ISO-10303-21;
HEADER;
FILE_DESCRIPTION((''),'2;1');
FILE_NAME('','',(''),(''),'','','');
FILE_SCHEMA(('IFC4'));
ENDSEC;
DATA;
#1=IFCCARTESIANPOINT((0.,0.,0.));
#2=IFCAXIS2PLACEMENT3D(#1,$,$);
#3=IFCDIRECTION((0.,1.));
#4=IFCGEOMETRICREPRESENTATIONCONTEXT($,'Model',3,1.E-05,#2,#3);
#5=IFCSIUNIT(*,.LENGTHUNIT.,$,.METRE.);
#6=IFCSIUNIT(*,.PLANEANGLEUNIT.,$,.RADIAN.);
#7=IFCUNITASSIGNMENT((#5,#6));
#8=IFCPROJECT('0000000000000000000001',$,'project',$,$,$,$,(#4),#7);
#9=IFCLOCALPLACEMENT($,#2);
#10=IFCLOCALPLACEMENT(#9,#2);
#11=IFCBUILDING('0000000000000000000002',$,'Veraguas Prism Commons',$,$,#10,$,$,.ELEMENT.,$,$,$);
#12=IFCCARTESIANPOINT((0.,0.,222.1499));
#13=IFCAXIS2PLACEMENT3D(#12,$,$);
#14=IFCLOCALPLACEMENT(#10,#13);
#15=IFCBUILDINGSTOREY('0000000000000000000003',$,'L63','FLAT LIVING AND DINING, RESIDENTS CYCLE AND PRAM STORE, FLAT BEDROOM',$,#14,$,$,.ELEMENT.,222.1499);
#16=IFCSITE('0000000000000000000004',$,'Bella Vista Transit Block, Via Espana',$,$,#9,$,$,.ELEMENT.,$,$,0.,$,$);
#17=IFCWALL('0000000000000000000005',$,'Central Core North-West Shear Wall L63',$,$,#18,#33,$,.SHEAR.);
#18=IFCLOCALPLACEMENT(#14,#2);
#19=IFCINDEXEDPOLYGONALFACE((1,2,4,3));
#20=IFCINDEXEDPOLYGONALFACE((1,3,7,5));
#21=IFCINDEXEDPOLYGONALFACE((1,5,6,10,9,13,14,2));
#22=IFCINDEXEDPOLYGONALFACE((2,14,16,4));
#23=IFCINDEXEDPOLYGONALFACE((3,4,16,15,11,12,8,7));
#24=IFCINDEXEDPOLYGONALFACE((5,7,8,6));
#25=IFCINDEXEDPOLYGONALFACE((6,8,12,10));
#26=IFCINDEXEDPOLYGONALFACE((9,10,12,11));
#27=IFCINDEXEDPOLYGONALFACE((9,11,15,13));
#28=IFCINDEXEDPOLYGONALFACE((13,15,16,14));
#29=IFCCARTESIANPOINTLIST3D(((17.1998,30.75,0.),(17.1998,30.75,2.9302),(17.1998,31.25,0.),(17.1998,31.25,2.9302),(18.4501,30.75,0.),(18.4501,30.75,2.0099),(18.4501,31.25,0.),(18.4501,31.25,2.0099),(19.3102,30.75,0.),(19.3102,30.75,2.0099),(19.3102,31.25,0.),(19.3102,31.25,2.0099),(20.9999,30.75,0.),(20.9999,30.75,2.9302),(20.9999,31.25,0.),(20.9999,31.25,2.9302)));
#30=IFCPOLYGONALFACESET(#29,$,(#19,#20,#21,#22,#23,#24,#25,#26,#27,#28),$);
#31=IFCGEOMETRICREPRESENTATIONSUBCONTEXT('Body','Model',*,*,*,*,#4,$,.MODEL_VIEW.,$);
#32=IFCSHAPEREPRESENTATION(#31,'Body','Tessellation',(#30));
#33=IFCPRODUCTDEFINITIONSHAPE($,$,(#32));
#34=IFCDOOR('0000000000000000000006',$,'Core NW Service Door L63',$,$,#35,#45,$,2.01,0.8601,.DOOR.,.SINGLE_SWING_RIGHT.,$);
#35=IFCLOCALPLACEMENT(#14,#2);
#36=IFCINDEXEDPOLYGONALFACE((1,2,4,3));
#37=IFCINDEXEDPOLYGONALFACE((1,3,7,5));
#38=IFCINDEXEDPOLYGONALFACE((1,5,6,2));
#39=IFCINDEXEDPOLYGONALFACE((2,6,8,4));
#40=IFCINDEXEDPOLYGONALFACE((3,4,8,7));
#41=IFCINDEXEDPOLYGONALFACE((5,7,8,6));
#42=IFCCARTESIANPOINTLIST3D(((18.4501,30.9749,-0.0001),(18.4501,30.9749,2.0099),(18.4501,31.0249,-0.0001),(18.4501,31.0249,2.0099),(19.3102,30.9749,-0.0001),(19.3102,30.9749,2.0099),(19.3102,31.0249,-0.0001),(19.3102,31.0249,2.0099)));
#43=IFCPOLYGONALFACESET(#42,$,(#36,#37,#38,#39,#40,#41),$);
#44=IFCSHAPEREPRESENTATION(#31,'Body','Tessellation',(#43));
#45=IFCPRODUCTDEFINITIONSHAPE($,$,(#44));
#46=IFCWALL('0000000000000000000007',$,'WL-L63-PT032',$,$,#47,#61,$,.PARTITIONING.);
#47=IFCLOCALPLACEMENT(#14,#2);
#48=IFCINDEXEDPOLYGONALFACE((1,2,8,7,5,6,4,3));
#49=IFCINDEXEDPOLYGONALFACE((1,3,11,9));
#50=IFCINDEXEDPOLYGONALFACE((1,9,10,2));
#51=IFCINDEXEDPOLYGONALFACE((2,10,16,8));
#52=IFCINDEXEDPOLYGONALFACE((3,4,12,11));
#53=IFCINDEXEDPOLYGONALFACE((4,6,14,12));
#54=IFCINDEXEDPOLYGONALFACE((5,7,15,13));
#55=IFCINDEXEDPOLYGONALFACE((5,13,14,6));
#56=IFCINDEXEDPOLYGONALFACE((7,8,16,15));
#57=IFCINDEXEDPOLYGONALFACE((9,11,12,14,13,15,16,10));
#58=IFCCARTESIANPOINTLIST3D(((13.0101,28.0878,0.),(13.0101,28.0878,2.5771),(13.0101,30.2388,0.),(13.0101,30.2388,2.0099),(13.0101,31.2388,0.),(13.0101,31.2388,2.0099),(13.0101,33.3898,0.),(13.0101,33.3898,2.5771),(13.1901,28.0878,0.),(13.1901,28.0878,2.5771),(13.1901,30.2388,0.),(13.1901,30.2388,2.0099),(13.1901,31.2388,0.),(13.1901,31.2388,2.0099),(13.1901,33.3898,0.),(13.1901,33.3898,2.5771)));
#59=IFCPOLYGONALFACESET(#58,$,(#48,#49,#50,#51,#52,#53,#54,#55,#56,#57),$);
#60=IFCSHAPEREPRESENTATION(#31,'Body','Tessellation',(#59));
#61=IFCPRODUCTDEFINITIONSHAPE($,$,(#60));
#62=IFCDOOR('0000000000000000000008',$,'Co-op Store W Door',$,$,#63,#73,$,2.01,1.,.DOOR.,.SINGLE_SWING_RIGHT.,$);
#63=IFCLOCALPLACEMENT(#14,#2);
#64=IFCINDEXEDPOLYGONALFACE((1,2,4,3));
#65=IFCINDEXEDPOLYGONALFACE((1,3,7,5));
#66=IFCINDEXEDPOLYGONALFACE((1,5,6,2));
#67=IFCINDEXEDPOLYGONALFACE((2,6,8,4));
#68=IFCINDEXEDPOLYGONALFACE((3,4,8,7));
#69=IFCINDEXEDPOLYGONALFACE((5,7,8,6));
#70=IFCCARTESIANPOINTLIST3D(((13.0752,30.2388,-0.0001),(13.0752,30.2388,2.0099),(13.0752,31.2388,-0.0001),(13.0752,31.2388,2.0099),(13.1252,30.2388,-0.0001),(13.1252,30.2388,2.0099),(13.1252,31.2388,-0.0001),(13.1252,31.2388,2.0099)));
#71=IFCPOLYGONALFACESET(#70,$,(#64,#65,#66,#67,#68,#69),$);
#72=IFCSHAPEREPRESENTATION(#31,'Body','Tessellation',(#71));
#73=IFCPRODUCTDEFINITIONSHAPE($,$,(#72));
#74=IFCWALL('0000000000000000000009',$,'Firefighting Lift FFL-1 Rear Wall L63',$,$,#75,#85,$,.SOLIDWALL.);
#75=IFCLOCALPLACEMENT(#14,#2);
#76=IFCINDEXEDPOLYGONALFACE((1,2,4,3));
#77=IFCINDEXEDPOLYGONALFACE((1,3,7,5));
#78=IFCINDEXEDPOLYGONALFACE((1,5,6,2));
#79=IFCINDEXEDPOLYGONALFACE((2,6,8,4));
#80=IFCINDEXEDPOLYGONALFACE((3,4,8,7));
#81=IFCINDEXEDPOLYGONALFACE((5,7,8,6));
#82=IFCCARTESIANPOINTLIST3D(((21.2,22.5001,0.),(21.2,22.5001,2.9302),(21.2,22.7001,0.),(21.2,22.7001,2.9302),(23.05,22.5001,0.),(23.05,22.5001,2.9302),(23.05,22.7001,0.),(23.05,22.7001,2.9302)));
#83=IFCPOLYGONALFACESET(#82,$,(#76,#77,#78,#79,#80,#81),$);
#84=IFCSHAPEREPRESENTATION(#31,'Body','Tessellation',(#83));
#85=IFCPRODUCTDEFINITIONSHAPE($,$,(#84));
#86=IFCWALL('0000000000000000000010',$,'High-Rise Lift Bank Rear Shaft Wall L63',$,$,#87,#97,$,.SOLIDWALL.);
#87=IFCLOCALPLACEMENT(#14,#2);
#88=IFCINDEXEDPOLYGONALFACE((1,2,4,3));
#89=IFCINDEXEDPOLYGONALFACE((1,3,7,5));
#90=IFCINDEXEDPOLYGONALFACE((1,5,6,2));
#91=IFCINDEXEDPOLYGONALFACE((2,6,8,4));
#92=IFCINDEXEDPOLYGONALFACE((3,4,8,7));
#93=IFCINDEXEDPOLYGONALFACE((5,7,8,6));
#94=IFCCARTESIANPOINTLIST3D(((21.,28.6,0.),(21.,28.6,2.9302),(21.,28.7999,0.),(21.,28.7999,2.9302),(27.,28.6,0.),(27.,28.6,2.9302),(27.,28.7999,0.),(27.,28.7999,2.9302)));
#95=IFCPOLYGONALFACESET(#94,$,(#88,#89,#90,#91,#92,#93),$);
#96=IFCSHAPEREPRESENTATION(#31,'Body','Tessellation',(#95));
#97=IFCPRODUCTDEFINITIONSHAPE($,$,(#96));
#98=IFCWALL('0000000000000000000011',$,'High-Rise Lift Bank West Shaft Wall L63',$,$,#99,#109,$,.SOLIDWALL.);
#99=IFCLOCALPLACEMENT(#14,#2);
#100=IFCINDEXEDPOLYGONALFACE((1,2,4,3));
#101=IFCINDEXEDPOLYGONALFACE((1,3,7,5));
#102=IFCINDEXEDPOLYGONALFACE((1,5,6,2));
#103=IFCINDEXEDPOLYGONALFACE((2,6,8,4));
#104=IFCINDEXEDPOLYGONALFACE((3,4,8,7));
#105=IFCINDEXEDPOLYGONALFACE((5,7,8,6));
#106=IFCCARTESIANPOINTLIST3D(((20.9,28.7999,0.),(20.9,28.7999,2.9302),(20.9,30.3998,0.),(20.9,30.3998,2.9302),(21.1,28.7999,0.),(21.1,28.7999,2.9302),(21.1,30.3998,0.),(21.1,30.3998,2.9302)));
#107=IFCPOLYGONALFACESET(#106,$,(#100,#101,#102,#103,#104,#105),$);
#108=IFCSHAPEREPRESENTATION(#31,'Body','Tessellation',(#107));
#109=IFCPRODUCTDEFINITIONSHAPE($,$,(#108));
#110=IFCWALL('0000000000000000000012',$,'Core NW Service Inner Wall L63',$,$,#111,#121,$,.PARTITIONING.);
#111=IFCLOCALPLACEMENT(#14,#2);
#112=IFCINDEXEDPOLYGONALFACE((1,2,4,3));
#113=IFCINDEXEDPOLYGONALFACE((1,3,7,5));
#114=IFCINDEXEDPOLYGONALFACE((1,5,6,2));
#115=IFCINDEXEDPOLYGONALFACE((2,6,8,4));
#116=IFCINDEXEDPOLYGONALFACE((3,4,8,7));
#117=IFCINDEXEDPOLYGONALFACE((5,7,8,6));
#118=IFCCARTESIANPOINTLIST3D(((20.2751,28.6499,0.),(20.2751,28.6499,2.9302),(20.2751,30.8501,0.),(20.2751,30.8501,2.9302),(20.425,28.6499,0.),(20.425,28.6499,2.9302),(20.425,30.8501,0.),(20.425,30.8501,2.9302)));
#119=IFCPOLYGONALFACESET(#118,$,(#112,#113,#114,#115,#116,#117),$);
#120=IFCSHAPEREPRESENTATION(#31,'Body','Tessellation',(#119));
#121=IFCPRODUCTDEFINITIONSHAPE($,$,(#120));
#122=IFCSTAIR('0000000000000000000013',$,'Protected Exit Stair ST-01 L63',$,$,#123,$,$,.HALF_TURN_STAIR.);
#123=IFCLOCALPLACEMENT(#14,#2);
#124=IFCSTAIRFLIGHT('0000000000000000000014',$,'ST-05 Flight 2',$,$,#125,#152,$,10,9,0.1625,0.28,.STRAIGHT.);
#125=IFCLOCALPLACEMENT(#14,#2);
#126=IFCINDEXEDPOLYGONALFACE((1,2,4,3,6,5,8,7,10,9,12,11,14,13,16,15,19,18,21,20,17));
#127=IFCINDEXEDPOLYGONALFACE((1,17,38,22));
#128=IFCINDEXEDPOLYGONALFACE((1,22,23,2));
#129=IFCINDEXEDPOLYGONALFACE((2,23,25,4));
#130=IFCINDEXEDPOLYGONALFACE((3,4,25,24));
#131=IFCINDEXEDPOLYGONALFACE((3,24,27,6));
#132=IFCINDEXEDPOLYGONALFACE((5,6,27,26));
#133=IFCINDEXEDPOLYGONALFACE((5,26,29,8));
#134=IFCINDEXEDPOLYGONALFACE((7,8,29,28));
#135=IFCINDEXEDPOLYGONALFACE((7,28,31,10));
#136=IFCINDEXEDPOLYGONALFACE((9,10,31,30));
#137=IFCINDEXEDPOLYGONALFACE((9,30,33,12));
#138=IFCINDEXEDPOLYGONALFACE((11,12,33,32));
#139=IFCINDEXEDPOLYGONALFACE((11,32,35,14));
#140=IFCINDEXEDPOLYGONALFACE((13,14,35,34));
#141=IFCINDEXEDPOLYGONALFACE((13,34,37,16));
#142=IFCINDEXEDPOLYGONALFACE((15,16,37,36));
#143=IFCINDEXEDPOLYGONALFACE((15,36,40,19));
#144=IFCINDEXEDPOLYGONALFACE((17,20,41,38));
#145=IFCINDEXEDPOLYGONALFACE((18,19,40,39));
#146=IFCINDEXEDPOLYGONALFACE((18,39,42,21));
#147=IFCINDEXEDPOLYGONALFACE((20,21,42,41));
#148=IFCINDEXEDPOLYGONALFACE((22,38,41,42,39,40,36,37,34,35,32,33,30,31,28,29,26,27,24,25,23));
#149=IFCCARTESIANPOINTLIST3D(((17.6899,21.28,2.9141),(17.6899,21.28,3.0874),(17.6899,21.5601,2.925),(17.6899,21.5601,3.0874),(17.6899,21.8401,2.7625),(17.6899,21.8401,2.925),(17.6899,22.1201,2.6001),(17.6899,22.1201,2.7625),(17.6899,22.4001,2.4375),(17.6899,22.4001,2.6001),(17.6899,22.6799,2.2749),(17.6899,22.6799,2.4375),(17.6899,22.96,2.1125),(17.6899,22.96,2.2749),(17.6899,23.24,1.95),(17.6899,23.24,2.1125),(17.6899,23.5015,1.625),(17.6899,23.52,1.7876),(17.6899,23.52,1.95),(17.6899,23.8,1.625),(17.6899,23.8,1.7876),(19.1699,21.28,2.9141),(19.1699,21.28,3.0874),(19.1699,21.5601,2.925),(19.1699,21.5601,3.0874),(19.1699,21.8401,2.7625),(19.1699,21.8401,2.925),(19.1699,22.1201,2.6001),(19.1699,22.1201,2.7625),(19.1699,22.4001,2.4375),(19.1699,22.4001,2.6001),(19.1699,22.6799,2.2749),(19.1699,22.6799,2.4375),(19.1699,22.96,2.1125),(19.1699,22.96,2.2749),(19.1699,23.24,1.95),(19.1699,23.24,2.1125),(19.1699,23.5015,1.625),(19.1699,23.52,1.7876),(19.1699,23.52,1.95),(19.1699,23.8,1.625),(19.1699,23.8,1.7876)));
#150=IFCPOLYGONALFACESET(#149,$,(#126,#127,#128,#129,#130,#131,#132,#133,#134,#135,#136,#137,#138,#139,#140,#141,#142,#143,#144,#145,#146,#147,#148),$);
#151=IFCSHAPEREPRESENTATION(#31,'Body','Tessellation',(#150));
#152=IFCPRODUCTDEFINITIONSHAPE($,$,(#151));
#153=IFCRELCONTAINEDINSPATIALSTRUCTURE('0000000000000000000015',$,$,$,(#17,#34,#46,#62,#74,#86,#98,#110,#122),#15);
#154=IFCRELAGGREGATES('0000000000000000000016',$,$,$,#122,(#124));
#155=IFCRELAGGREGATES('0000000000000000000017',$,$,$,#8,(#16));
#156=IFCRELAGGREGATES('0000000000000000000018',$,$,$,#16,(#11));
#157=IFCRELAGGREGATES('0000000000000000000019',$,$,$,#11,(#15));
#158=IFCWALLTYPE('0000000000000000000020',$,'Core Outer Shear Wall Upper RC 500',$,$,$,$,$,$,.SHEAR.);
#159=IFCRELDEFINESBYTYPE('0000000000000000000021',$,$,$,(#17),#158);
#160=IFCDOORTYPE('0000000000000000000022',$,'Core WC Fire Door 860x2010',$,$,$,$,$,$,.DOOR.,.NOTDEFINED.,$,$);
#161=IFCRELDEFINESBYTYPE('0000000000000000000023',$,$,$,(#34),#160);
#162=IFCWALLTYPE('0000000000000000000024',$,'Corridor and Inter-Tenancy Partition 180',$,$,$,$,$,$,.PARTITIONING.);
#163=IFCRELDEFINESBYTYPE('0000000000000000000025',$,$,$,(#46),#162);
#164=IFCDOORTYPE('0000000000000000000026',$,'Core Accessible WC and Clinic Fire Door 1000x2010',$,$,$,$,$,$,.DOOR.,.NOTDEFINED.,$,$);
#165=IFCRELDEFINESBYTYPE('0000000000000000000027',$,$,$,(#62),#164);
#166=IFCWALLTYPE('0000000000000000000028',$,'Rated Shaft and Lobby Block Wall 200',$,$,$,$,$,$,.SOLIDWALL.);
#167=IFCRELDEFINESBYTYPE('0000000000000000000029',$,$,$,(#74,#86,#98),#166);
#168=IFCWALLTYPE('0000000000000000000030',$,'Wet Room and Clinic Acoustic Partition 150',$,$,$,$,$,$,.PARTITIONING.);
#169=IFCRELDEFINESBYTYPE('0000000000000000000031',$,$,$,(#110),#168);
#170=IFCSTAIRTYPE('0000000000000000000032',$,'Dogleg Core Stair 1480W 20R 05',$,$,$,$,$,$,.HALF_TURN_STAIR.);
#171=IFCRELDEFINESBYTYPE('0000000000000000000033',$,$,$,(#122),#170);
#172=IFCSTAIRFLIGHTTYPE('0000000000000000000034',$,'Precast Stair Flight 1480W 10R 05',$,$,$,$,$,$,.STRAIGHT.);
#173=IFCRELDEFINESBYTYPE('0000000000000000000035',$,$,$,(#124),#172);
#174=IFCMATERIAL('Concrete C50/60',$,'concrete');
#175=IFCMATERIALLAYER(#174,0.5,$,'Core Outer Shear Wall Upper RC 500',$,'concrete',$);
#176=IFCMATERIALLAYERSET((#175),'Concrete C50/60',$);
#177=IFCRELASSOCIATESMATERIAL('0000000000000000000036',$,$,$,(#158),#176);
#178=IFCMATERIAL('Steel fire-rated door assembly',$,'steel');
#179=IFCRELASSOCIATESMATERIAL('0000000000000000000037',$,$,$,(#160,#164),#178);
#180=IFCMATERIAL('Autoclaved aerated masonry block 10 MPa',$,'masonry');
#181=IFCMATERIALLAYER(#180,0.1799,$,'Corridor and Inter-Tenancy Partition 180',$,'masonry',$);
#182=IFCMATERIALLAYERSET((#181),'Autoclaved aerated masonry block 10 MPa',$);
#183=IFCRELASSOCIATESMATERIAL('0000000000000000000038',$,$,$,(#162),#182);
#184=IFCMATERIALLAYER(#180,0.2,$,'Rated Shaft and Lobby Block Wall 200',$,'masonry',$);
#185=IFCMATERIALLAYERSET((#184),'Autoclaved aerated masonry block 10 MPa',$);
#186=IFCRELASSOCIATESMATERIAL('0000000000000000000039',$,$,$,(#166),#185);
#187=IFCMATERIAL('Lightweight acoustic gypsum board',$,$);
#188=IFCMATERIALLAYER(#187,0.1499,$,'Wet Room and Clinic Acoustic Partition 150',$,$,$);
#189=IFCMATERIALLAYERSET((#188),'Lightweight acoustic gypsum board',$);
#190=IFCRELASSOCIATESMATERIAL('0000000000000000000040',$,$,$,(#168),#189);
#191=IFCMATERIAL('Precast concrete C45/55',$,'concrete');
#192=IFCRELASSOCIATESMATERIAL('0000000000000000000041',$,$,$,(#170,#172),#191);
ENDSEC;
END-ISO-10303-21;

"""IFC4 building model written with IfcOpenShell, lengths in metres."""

from ifc_helpers import new_model, si_unit, direction, frame, frame_2d, origin, place, context, subcontext, project, spatial, polyline, rectangle, outline, extrude, source, transform, mapped, material, layer, layer_set, type_object, element, fill, aggregate, save


model = new_model("IFC4")

# Units and contexts
model_context = context("Model", 3, precision=1e-05, world=origin(), true_north=direction((0.0, 1.0)))
body_context = subcontext(model_context, "Body", "Model", "MODEL_VIEW")
ifc_project = project(units=[si_unit("LENGTHUNIT", "METRE"), si_unit("PLANEANGLEUNIT", "RADIAN")], contexts=[model_context])

# Site, building, storey
site_placement = place(None, origin())
site = spatial("IfcSite", under=ifc_project, at=site_placement, Name="Bella Vista Transit Block, Via Espana", CompositionType="ELEMENT", RefElevation=0.0)
building_placement = place(site_placement, origin())
building = spatial("IfcBuilding", under=site, at=building_placement, Name="Veraguas Prism Commons", CompositionType="ELEMENT")
storey_placement = place(building_placement, frame((0.0, 0.0, 222.1499)))
storey = spatial("IfcBuildingStorey", under=building, at=storey_placement, Name="L63", Description="FLAT LIVING AND DINING, RESIDENTS CYCLE AND PRAM STORE, FLAT BEDROOM", CompositionType="ELEMENT", Elevation=222.1499)

# Shared definitions
ifc_material_1 = material(Name="Concrete C50/60", Category="concrete")

# Walls, openings, doors
ifc_layer_1 = layer(ifc_material_1, 0.5, Name="Core Outer Shear Wall Upper RC 500", Category="concrete")
ifc_layer_set_1 = layer_set([ifc_layer_1], Name="Concrete C50/60")
wall_type_1 = type_object("IfcWallType", Name="Core Outer Shear Wall Upper RC 500", PredefinedType="SHEAR", material=ifc_layer_set_1)
wall_1_placement = place(storey_placement, frame((17.2, 31.0, 0.0), z_axis=(0.0, 0.0, 1.0), x_axis=(1.0, 0.0, 0.0)))
wall_1 = element("IfcWall", 1, at=wall_1_placement, inside=storey, type_object=wall_type_1, Name="Central Core North-West Shear Wall L63", PredefinedType="SHEAR", context=body_context, shape_type="SweptSolid", body=[
    extrude(rectangle(XDim=3.8, YDim=0.5, at=frame_2d((1.8999, 0.0))), origin(), (0.0, 0.0, 1.0), 2.9302),
])
opening_1_placement = place(wall_1_placement, frame((1.25, 0.0, 0.0)))
opening_1 = element("IfcOpeningElement", 2, at=opening_1_placement, cuts=wall_1, PredefinedType="OPENING", context=body_context, shape_type="SweptSolid", body=[
    extrude(rectangle(XDim=0.8601, YDim=2.01, at=frame_2d((0.4302, 1.0049))), frame((0.0, 0.26, 0.0), z_axis=(0.0, -1.0, 0.0), x_axis=(1.0, 0.0, 0.0)), (0.0, 0.0, 1.0), 0.52),
])
ifc_material_2 = material(Name="Steel fire-rated door assembly", Category="steel")
door_type_1 = type_object("IfcDoorType", Name="Core WC Fire Door 860x2010", OperationType="NOTDEFINED", PredefinedType="DOOR", material=ifc_material_2)
shared_shape_1 = source(origin(), body_context, "Body", "SweptSolid", [
    extrude(rectangle(XDim=0.8601, YDim=2.01, at=frame_2d((0.4302, 1.0049))), frame((0.0, 0.0249, 0.0), z_axis=(0.0, -1.0, 0.0), x_axis=(1.0, 0.0, 0.0)), (0.0, 0.0, 1.0), 0.05),
])
door_1_placement = place(opening_1_placement, origin())
door_1 = element("IfcDoor", 3, at=door_1_placement, inside=storey, type_object=door_type_1, Name="Core NW Service Door L63", OperationType="SINGLE_SWING_RIGHT", OverallHeight=2.01, OverallWidth=0.8601, PredefinedType="DOOR", context=body_context, shape_type="MappedRepresentation", body=[
    mapped(shared_shape_1, transform((0.0, 0.0, 0.0), scale=1.0)),
])
fill(opening_1, door_1)
ifc_material_3 = material(Name="Autoclaved aerated masonry block 10 MPa", Category="masonry")
ifc_layer_2 = layer(ifc_material_3, 0.1799, Name="Corridor and Inter-Tenancy Partition 180", Category="masonry")
ifc_layer_set_2 = layer_set([ifc_layer_2], Name="Autoclaved aerated masonry block 10 MPa")
wall_type_2 = type_object("IfcWallType", Name="Corridor and Inter-Tenancy Partition 180", PredefinedType="PARTITIONING", material=ifc_layer_set_2)
wall_2_placement = place(storey_placement, frame((13.1001, 28.0879, 0.0), z_axis=(0.0, 0.0, 1.0), x_axis=(0.0, 1.0, 0.0)))
wall_2 = element("IfcWall", 4, at=wall_2_placement, inside=storey, type_object=wall_type_2, Name="WL-L63-PT032", PredefinedType="PARTITIONING", context=body_context, shape_type="SweptSolid", body=[
    extrude(rectangle(XDim=5.302, YDim=0.1799, at=frame_2d((2.6509, 0.0))), origin(), (0.0, 0.0, 1.0), 2.5771),
])
opening_2_placement = place(wall_2_placement, frame((2.1509, 0.0, 0.0)))
opening_2 = element("IfcOpeningElement", 5, at=opening_2_placement, cuts=wall_2, PredefinedType="OPENING", context=body_context, shape_type="SweptSolid", body=[
    extrude(rectangle(XDim=1.0, YDim=2.01, at=frame_2d((0.5, 1.0049))), frame((0.0, 0.0999, 0.0), z_axis=(0.0, -1.0, 0.0), x_axis=(1.0, 0.0, 0.0)), (0.0, 0.0, 1.0), 0.2),
])
door_type_2 = type_object("IfcDoorType", Name="Core Accessible WC and Clinic Fire Door 1000x2010", OperationType="NOTDEFINED", PredefinedType="DOOR", material=ifc_material_2)
shared_shape_2 = source(origin(), body_context, "Body", "SweptSolid", [
    extrude(rectangle(XDim=1.0, YDim=2.01, at=frame_2d((0.5, 1.0049))), frame((0.0, 0.0249, 0.0), z_axis=(0.0, -1.0, 0.0), x_axis=(1.0, 0.0, 0.0)), (0.0, 0.0, 1.0), 0.05),
])
door_2_placement = place(opening_2_placement, origin())
door_2 = element("IfcDoor", 6, at=door_2_placement, inside=storey, type_object=door_type_2, Name="Co-op Store W Door", OperationType="SINGLE_SWING_RIGHT", OverallHeight=2.01, OverallWidth=1.0, PredefinedType="DOOR", context=body_context, shape_type="MappedRepresentation", body=[
    mapped(shared_shape_2, transform((0.0, 0.0, 0.0), scale=1.0)),
])
fill(opening_2, door_2)

# Walls
ifc_layer_3 = layer(ifc_material_3, 0.2, Name="Rated Shaft and Lobby Block Wall 200", Category="masonry")
ifc_layer_set_3 = layer_set([ifc_layer_3], Name="Autoclaved aerated masonry block 10 MPa")
wall_type_3 = type_object("IfcWallType", Name="Rated Shaft and Lobby Block Wall 200", PredefinedType="SOLIDWALL", material=ifc_layer_set_3)
wall_3_placement = place(storey_placement, frame((21.2, 22.6001, 0.0), z_axis=(0.0, 0.0, 1.0), x_axis=(1.0, 0.0, 0.0)))
element("IfcWall", 7, at=wall_3_placement, inside=storey, type_object=wall_type_3, Name="Firefighting Lift FFL-1 Rear Wall L63", PredefinedType="SOLIDWALL", context=body_context, shape_type="SweptSolid", body=[
    extrude(rectangle(XDim=1.8501, YDim=0.2, at=frame_2d((0.925, 0.0))), origin(), (0.0, 0.0, 1.0), 2.9302),
])
wall_4_placement = place(storey_placement, frame((21.0, 28.7, 0.0), z_axis=(0.0, 0.0, 1.0), x_axis=(1.0, 0.0, 0.0)))
element("IfcWall", 8, at=wall_4_placement, inside=storey, type_object=wall_type_3, Name="High-Rise Lift Bank Rear Shaft Wall L63", PredefinedType="SOLIDWALL", context=body_context, shape_type="SweptSolid", body=[
    extrude(rectangle(XDim=6.0, YDim=0.2, at=frame_2d((3.0, 0.0))), origin(), (0.0, 0.0, 1.0), 2.9302),
])
wall_5_placement = place(storey_placement, frame((21.0, 28.8, 0.0), z_axis=(0.0, 0.0, 1.0), x_axis=(0.0, 1.0, 0.0)))
element("IfcWall", 9, at=wall_5_placement, inside=storey, type_object=wall_type_3, Name="High-Rise Lift Bank West Shaft Wall L63", PredefinedType="SOLIDWALL", context=body_context, shape_type="SweptSolid", body=[
    extrude(rectangle(XDim=1.5999, YDim=0.2, at=frame_2d((0.7998, 0.0))), origin(), (0.0, 0.0, 1.0), 2.9302),
])
ifc_material_4 = material(Name="Lightweight acoustic gypsum board")
ifc_layer_4 = layer(ifc_material_4, 0.1499, Name="Wet Room and Clinic Acoustic Partition 150")
ifc_layer_set_4 = layer_set([ifc_layer_4], Name="Lightweight acoustic gypsum board")
wall_type_4 = type_object("IfcWallType", Name="Wet Room and Clinic Acoustic Partition 150", PredefinedType="PARTITIONING", material=ifc_layer_set_4)
wall_6_placement = place(storey_placement, frame((20.3501, 28.6499, 0.0), z_axis=(0.0, 0.0, 1.0), x_axis=(0.0, 1.0, 0.0)))
element("IfcWall", 10, at=wall_6_placement, inside=storey, type_object=wall_type_4, Name="Core NW Service Inner Wall L63", PredefinedType="PARTITIONING", context=body_context, shape_type="SweptSolid", body=[
    extrude(rectangle(XDim=2.2002, YDim=0.1499, at=frame_2d((1.1001, 0.0))), origin(), (0.0, 0.0, 1.0), 2.9302),
])

# Stair, stair flight
ifc_material_5 = material(Name="Precast concrete C45/55", Category="concrete")
stair_type = type_object("IfcStairType", Name="Dogleg Core Stair 1480W 20R 05", PredefinedType="HALF_TURN_STAIR", material=ifc_material_5)
stair_placement = place(storey_placement, origin())
stair = element("IfcStair", 11, at=stair_placement, inside=storey, type_object=stair_type, Name="Protected Exit Stair ST-01 L63", PredefinedType="HALF_TURN_STAIR")
stair_flight_type = type_object("IfcStairFlightType", Name="Precast Stair Flight 1480W 10R 05", PredefinedType="STRAIGHT", material=ifc_material_5)
stair_flight_placement = place(storey_placement, frame((18.4299, 23.8, 1.625), z_axis=(0.0, 0.0, 1.0), x_axis=(0.0, -1.0, 0.0)))
stair_flight = element("IfcStairFlight", 12, at=stair_flight_placement, type_object=stair_flight_type, Name="ST-05 Flight 2", NumberOfRisers=10, NumberOfTreads=9, PredefinedType="STRAIGHT", RiserHeight=0.1625, TreadLength=0.28, context=body_context, shape_type="SweptSolid", body=[
    extrude(outline(polyline([(0.0, 0.0), (0.0, 0.1626), (0.28, 0.1626), (0.28, 0.325), (0.5601, 0.325), (0.5601, 0.4875), (0.8401, 0.4875), (0.8401, 0.6499), (1.1201, 0.6499), (1.1201, 0.8125), (1.3999, 0.8125), (1.3999, 0.9751), (1.6799, 0.9751), (1.6799, 1.1375), (1.96, 1.1375), (1.96, 1.3), (2.24, 1.3), (2.24, 1.4624), (2.52, 1.4624), (2.52, 1.625), (2.52, 1.2891), (0.2986, 0.0), (0.0, 0.0)])), frame((0.0, 0.74, 0.0), z_axis=(0.0, -1.0, 0.0), x_axis=(1.0, 0.0, 0.0)), (0.0, 0.0, 1.0), 1.48),
])
aggregate(stair, [stair_flight])

save(model, "model.ifc")
